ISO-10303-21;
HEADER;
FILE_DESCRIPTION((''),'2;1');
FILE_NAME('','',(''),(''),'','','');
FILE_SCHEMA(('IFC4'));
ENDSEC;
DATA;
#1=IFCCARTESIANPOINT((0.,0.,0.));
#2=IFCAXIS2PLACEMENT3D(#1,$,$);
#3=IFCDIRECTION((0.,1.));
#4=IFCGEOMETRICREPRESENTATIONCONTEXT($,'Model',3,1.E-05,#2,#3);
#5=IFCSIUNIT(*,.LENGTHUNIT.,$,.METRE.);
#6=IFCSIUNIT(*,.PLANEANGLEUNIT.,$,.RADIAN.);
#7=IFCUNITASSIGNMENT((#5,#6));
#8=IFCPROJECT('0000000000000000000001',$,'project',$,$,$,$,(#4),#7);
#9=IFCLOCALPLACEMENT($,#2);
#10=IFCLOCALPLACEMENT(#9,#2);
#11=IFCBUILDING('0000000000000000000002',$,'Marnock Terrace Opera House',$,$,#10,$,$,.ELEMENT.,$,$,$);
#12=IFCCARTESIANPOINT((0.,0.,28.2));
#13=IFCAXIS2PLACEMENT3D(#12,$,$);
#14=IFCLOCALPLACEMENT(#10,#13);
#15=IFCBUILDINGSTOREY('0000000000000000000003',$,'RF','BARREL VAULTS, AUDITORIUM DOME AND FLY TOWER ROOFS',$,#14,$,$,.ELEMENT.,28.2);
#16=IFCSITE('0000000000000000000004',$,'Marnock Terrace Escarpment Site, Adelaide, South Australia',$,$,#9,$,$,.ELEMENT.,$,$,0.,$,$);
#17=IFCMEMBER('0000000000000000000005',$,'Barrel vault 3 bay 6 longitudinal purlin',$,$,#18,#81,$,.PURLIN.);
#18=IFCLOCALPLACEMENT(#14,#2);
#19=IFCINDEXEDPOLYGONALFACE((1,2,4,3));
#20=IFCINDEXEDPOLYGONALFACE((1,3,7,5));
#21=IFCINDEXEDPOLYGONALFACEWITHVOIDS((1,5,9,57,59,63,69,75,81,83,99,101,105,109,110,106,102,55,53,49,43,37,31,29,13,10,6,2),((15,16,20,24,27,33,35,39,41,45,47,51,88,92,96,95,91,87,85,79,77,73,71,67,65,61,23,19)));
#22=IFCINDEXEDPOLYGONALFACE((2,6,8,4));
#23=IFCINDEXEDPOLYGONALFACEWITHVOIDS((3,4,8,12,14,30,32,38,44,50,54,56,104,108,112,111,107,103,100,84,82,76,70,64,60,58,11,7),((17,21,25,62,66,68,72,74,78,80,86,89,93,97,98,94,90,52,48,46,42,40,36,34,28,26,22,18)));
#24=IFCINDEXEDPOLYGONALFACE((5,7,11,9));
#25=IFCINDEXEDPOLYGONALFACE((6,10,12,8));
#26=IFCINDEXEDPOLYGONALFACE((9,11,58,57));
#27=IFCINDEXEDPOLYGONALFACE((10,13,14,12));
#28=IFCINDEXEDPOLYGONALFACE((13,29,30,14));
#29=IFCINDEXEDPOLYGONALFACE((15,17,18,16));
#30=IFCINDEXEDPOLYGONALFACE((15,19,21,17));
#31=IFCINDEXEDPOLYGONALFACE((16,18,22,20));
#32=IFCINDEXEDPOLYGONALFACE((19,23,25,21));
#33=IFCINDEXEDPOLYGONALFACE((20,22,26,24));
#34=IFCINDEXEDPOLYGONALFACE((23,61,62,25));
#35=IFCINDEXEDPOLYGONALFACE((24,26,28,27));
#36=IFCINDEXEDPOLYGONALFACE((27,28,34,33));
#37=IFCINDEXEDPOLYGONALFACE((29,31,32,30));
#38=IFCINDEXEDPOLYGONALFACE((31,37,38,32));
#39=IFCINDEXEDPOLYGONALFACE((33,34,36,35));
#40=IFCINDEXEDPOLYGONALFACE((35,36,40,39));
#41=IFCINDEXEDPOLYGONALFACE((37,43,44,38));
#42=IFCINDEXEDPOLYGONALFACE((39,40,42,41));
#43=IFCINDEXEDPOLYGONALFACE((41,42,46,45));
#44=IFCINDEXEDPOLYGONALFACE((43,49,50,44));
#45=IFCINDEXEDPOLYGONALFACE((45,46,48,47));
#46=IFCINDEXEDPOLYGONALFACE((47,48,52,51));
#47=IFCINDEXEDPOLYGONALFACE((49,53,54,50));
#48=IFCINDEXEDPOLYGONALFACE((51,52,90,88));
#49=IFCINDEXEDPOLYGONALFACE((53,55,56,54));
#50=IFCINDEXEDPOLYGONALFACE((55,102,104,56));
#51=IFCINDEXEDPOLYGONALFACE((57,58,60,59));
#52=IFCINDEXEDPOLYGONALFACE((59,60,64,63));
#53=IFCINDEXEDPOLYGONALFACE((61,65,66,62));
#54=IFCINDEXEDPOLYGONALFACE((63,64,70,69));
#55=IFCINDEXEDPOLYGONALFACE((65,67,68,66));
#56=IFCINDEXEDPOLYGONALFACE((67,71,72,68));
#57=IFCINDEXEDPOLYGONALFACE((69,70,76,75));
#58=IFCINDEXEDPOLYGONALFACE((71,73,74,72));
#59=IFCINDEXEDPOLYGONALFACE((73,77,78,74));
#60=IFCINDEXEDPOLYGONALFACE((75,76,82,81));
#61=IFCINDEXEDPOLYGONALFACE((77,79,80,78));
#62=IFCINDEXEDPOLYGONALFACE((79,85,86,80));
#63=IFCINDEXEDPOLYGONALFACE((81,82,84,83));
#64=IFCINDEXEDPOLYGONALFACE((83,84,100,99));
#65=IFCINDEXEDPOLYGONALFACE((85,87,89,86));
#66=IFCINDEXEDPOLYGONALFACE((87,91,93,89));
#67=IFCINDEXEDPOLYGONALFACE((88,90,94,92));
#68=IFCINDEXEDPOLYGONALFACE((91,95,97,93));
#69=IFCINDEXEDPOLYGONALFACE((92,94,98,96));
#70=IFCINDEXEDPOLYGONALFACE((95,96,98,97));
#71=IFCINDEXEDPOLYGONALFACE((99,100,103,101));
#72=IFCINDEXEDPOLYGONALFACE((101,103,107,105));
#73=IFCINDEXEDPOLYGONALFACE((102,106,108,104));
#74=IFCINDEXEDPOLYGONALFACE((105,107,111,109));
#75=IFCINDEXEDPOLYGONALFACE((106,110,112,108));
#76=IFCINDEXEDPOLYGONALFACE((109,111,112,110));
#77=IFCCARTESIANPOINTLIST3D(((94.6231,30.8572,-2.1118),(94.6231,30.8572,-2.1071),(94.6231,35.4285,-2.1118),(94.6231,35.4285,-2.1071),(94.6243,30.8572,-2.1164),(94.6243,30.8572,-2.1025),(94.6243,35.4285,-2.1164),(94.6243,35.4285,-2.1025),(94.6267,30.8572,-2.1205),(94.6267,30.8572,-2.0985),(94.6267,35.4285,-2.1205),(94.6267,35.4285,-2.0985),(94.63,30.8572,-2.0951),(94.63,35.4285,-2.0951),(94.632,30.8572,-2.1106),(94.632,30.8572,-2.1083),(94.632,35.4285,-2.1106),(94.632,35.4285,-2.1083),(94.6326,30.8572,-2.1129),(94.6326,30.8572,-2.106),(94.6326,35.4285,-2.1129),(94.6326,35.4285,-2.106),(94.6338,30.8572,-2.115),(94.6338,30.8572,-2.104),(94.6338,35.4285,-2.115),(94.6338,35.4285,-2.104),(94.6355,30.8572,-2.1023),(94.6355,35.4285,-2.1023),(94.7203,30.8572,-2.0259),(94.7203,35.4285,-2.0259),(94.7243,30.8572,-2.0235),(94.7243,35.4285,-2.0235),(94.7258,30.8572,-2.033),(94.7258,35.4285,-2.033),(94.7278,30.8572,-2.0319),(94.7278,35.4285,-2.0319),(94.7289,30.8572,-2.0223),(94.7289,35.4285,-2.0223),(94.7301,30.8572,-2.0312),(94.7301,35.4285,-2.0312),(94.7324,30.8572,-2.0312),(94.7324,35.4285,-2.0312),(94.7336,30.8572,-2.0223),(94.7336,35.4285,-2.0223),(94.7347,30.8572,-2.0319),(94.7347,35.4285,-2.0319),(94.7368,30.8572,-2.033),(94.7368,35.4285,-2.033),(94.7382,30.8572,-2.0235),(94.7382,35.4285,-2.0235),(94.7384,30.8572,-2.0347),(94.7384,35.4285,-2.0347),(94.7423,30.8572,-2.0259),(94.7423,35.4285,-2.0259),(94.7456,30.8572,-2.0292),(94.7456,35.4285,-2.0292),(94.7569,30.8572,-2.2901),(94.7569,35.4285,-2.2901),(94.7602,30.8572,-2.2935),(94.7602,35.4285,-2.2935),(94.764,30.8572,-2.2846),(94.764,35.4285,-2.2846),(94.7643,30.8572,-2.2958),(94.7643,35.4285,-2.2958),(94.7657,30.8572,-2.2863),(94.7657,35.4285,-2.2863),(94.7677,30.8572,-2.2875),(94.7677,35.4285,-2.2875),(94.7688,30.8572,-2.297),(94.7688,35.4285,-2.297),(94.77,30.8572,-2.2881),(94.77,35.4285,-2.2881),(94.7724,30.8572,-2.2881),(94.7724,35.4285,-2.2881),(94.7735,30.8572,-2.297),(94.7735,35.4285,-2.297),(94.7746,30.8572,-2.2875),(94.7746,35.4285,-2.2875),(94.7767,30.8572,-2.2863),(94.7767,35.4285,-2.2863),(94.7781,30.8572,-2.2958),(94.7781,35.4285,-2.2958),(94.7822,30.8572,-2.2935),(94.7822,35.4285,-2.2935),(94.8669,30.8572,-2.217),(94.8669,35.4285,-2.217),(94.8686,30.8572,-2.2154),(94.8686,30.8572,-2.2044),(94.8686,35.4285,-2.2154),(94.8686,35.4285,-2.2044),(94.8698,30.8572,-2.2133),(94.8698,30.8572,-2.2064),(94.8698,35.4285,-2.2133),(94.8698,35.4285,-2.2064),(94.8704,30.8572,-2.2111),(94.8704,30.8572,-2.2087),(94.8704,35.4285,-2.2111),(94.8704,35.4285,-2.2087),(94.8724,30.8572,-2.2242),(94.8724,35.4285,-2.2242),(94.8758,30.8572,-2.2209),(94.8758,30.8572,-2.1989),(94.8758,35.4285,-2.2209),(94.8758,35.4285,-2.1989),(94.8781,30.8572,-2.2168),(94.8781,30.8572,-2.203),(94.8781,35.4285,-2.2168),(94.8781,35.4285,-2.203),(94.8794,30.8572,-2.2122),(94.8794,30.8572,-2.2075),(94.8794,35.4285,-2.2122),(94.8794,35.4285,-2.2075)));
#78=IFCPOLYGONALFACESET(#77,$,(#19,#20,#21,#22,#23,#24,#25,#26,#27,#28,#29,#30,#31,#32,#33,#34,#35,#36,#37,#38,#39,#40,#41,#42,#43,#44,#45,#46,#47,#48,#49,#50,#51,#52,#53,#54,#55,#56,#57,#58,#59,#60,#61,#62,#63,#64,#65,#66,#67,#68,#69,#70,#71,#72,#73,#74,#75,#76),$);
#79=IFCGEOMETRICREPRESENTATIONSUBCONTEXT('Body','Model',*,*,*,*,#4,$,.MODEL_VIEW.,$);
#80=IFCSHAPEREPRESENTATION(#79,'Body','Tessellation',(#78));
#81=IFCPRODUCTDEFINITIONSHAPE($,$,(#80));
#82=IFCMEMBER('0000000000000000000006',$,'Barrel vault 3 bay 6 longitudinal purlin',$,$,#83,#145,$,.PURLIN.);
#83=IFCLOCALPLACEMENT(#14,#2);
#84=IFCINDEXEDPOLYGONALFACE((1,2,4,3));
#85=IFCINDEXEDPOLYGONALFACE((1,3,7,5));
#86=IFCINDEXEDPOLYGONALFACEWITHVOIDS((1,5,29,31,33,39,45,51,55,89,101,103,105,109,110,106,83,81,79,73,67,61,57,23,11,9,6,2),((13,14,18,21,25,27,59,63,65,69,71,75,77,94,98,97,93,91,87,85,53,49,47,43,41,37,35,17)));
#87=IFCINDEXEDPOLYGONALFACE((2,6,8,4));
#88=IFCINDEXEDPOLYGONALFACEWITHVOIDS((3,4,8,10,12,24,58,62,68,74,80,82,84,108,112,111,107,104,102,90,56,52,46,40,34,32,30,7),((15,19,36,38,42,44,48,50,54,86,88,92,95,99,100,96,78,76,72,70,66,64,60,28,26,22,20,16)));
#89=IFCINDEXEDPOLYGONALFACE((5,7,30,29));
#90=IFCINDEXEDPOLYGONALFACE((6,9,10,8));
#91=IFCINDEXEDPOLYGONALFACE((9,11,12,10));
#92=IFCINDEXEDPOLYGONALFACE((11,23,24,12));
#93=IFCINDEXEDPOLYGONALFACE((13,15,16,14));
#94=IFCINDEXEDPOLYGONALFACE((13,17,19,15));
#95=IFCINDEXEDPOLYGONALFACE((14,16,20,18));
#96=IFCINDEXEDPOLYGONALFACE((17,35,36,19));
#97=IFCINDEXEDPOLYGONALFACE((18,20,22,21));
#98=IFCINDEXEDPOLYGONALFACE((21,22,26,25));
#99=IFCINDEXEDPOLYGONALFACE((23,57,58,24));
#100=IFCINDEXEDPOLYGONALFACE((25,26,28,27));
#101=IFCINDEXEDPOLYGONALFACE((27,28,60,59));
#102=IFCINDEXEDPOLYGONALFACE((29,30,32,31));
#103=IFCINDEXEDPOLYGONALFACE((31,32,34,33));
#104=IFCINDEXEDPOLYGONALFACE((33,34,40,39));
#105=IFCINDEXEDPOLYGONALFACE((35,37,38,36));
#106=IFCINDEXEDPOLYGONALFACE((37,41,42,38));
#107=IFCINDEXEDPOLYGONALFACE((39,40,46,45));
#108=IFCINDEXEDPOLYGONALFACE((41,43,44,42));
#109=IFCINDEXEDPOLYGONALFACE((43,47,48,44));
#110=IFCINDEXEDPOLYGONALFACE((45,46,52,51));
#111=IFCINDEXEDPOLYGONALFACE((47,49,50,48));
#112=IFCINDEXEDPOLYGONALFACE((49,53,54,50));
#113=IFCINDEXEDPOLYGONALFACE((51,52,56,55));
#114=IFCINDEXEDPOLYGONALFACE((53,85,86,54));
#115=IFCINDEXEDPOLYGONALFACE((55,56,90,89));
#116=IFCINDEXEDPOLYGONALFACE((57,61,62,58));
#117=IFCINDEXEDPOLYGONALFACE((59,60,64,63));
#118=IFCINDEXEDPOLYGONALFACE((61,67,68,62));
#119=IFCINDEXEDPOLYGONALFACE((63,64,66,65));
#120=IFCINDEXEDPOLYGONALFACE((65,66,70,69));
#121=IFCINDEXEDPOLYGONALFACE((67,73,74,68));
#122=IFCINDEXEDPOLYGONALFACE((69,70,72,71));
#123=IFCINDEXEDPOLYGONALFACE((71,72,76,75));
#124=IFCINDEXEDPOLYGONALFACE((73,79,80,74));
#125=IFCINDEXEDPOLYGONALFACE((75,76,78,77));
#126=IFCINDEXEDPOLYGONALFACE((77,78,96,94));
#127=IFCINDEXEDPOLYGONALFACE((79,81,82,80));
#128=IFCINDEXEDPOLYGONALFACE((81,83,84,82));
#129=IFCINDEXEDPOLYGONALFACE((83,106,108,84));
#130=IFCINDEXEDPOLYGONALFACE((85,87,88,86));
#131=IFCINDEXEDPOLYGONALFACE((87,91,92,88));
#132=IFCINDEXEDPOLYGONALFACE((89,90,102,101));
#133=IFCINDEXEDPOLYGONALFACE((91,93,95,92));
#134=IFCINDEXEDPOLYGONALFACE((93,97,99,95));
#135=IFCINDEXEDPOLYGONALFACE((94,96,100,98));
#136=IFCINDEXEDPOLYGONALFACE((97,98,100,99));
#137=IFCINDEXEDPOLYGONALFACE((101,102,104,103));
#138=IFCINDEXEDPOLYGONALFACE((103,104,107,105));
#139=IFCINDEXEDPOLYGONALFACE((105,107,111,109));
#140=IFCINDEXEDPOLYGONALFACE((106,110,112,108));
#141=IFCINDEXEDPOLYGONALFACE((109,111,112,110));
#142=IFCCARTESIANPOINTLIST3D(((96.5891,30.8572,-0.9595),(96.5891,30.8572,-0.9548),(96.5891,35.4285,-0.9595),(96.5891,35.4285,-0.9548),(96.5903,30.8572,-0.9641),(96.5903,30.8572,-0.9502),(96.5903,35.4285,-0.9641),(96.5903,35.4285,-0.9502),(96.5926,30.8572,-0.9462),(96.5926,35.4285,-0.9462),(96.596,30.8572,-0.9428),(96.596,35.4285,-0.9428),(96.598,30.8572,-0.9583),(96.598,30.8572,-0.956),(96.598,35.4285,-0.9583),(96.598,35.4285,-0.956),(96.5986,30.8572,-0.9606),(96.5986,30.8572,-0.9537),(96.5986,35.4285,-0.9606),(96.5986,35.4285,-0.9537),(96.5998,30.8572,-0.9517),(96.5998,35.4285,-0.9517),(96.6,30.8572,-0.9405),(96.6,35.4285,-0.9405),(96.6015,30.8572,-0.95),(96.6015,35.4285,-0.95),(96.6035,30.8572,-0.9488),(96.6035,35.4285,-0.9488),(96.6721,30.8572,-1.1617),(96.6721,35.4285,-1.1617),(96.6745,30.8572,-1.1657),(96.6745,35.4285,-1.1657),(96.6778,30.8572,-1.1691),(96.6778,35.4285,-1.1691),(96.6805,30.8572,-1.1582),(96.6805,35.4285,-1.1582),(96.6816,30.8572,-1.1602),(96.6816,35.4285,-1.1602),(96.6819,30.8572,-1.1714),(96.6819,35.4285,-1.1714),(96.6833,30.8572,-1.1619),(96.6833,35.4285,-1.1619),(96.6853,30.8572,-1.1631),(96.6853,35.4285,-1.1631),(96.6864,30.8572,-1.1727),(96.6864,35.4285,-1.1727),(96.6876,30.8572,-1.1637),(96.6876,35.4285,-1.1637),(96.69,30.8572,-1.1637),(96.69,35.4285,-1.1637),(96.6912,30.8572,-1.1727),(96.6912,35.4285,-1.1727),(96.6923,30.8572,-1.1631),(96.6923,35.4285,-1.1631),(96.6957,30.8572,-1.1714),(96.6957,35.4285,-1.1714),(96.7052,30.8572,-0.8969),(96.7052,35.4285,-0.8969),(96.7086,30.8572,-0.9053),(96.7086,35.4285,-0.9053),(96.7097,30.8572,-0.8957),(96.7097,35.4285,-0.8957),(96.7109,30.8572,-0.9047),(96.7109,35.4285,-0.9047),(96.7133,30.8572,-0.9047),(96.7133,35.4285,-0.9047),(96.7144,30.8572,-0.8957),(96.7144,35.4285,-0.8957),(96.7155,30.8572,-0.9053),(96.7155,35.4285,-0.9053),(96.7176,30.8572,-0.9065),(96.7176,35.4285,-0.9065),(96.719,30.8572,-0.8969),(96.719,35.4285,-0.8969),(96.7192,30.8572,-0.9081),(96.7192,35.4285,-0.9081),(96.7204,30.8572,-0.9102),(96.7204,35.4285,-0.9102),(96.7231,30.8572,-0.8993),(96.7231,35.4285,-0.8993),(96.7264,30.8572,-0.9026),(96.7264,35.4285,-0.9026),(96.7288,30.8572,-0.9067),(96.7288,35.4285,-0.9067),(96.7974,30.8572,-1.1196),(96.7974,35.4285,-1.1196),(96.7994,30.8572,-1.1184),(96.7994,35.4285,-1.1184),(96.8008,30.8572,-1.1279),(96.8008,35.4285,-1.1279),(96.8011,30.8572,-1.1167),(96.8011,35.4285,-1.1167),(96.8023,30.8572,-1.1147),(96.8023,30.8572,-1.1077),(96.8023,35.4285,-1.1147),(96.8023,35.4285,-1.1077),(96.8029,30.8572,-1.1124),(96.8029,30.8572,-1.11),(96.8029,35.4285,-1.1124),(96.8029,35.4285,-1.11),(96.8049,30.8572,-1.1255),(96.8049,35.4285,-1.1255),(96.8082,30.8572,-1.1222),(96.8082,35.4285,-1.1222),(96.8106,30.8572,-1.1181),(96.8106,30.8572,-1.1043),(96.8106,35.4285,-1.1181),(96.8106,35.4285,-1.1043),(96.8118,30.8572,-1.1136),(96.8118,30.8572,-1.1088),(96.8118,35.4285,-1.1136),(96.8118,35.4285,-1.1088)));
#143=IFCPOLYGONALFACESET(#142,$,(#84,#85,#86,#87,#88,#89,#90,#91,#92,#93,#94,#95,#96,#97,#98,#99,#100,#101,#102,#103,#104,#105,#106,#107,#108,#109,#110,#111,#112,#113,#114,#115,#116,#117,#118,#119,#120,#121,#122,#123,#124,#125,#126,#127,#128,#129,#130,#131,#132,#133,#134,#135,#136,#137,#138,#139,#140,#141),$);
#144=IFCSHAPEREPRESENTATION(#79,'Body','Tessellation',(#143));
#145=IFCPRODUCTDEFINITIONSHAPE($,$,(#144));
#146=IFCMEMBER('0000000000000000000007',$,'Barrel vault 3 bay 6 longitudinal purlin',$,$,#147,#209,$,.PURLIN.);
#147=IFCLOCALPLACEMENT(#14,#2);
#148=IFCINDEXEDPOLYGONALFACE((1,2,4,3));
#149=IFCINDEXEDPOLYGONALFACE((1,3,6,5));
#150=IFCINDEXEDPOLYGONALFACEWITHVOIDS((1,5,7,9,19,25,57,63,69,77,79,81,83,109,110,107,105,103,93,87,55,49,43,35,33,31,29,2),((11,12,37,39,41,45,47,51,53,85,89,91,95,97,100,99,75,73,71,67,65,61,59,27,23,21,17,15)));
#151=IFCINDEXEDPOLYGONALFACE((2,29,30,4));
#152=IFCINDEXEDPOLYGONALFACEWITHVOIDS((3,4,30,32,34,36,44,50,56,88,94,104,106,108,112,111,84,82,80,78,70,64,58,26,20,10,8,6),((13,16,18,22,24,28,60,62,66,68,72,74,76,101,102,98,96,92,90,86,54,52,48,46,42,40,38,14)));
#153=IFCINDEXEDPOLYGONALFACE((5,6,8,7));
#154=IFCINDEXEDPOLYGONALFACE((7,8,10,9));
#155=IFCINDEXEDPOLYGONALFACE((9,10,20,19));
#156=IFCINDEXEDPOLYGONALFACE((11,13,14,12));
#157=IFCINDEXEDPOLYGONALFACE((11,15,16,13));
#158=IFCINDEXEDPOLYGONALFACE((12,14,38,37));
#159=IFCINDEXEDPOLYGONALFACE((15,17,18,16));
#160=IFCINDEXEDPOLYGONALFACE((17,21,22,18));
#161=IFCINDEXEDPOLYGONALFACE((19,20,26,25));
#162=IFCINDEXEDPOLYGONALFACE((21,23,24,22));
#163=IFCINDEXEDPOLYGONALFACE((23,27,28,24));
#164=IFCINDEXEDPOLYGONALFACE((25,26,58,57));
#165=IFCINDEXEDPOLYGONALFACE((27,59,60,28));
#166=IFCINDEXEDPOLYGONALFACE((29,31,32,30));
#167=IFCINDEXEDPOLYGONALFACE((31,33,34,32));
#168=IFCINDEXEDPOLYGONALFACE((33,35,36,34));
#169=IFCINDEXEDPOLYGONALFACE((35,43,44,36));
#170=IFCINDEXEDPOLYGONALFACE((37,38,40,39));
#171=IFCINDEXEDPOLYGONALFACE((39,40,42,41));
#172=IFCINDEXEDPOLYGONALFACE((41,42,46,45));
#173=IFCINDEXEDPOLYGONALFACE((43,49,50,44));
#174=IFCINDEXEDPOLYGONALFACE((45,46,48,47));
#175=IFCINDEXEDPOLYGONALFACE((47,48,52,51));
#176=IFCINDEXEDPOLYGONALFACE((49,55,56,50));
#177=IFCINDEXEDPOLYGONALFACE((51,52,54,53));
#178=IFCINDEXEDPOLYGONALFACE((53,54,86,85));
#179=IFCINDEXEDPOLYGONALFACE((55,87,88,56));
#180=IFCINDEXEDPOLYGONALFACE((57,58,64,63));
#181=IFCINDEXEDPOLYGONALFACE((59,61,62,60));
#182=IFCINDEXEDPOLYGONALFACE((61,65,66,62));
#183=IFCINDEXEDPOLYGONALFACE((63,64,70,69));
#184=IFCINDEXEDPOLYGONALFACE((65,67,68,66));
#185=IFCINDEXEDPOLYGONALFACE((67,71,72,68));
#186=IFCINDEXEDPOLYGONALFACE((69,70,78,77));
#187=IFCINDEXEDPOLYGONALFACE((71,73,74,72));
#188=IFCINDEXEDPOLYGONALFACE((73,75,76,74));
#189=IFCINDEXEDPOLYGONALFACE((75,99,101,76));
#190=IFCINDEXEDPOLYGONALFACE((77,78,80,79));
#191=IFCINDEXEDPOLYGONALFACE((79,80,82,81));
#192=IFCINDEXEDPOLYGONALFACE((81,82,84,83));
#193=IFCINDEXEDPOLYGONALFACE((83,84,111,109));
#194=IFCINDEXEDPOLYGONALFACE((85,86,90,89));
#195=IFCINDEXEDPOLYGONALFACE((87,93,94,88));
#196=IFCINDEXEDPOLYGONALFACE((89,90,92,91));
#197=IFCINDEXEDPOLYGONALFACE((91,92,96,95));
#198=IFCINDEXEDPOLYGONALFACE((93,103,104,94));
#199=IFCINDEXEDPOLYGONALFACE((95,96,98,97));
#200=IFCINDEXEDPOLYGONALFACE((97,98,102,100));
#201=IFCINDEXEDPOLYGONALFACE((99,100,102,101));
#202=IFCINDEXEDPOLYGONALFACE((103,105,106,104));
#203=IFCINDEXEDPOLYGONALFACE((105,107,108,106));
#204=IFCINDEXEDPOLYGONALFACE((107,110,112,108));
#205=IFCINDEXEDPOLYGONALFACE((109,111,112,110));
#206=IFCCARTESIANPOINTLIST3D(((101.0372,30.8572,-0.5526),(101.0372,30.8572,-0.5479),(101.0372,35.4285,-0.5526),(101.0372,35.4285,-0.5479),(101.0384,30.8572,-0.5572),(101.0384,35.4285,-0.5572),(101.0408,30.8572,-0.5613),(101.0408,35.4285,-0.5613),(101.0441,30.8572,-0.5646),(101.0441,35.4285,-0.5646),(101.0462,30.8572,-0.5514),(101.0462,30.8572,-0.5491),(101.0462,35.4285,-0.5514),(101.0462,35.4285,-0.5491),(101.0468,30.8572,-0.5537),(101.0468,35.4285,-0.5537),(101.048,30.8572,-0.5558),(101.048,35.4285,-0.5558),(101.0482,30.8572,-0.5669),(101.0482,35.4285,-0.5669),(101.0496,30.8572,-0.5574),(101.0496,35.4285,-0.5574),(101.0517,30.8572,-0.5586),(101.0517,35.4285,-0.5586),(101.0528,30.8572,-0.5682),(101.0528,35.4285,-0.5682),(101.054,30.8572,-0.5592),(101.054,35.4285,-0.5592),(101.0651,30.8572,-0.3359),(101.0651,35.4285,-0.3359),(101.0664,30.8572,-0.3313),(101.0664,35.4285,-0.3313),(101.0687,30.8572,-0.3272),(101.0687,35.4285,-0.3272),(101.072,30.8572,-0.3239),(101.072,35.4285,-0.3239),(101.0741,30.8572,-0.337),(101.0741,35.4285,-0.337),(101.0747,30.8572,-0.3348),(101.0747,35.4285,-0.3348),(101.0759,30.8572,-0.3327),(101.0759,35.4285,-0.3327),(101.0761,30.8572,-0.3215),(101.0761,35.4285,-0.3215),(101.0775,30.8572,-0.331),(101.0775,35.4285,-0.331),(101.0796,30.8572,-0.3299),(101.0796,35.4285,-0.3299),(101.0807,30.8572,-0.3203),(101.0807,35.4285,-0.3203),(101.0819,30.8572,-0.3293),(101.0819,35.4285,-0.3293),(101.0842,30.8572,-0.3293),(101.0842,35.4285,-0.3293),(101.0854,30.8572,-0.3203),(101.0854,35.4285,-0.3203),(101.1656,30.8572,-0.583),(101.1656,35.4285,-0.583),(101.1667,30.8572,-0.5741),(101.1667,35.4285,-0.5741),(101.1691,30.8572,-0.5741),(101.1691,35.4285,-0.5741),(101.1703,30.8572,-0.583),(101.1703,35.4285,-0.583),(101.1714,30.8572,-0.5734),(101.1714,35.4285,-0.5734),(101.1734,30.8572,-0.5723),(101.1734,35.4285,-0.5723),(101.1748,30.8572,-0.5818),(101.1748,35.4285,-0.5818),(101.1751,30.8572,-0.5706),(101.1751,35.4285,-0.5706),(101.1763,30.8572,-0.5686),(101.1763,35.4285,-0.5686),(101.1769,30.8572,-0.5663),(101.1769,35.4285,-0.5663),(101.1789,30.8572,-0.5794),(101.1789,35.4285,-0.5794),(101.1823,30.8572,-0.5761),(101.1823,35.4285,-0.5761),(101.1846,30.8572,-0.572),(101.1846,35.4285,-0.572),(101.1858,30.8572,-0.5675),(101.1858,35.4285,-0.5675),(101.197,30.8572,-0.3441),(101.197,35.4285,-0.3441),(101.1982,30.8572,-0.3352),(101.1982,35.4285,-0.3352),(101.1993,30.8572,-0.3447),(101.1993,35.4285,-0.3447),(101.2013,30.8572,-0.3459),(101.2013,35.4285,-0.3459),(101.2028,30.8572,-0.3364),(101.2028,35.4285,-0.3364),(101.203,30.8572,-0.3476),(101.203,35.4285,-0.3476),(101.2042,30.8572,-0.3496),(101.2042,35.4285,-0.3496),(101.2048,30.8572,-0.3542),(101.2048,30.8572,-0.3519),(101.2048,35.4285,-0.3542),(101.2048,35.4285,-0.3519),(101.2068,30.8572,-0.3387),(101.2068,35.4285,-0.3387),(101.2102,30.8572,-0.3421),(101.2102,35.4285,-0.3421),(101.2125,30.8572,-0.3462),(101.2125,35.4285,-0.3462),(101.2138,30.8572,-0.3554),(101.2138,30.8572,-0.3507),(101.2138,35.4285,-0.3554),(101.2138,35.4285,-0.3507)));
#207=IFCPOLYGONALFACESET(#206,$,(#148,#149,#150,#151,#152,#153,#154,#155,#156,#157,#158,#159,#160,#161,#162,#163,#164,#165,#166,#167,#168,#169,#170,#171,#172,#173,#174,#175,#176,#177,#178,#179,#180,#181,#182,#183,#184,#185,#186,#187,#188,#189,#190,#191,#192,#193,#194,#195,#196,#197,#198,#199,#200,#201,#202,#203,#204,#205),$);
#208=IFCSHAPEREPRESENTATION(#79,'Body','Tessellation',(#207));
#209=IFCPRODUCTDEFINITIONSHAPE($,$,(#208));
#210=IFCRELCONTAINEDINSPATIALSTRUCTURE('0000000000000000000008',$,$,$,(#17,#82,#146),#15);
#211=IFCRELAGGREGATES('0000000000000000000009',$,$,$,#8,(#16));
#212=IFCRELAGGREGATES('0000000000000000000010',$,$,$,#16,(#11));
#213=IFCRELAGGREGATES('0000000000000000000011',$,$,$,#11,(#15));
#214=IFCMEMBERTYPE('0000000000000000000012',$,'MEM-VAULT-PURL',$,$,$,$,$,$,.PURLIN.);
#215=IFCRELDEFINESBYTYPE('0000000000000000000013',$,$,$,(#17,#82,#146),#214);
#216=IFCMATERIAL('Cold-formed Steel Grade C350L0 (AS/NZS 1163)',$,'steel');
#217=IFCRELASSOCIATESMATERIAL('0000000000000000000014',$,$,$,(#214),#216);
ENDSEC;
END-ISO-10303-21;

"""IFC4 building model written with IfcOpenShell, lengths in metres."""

from ifc_helpers import new_model, si_unit, direction, frame, origin, origin_2d, place, context, subcontext, project, spatial, hollow_rectangle, extrude, material, material_profile, profile_set, type_object, element, save


model = new_model("IFC4")

# Units and contexts
model_context = context("Model", 3, precision=1e-05, world=origin(), true_north=direction((0.0, 1.0)))
body_context = subcontext(model_context, "Body", "Model", "MODEL_VIEW")
ifc_project = project(units=[si_unit("LENGTHUNIT", "METRE"), si_unit("PLANEANGLEUNIT", "RADIAN")], contexts=[model_context])

# Site, building, storey
site_placement = place(None, origin())
site = spatial("IfcSite", under=ifc_project, at=site_placement, Name="Marnock Terrace Escarpment Site, Adelaide, South Australia", CompositionType="ELEMENT", RefElevation=0.0)
building_placement = place(site_placement, origin())
building = spatial("IfcBuilding", under=site, at=building_placement, Name="Marnock Terrace Opera House", CompositionType="ELEMENT")
storey_placement = place(building_placement, frame((0.0, 0.0, 28.2)))
storey = spatial("IfcBuildingStorey", under=building, at=storey_placement, Name="RF", Description="BARREL VAULTS, AUDITORIUM DOME AND FLY TOWER ROOFS", CompositionType="ELEMENT", Elevation=28.2)

# Members
ifc_material = material(Name="Cold-formed Steel Grade C350L0 (AS/NZS 1163)", Category="steel")
ifc_material_profile_1 = material_profile(ifc_material, hollow_rectangle(XDim=0.1499, YDim=0.25, WallThickness=0.009, InnerFilletRadius=0.009, OuterFilletRadius=0.0181, at=origin_2d()))
ifc_profile_set_1 = profile_set([ifc_material_profile_1], Name="Cold-formed Steel Grade C350L0 (AS/NZS 1163)")
member_type_1 = type_object("IfcMemberType", Name="MEM-VAULT-PURL", PredefinedType="PURLIN", material=ifc_profile_set_1)
for number, where, z_axis, x_axis, name in (
    (1, (94.7512, 30.8572, -2.1597), (0.0, 1.0, 0.0), (-0.793353, 0.0, -0.608761), "Barrel vault 3 bay 6 longitudinal purlin"),
    (2, (96.7004, 30.8572, -1.0342), (0.0, 1.0, 0.0), (-0.92388, 0.0, -0.382683), "Barrel vault 3 bay 6 longitudinal purlin"),
    (3, (101.1255, 30.8572, -0.4517), (0.0, 1.0, 0.0), (-0.991445, 0.0, 0.130526), "Barrel vault 3 bay 6 longitudinal purlin"),
):
    element("IfcMember", number, at=place(storey_placement, frame(where, z_axis=z_axis, x_axis=x_axis)), inside=storey, type_object=member_type_1, Name=name, PredefinedType="PURLIN", context=body_context, shape_type="SweptSolid", body=[
        extrude(hollow_rectangle(XDim=0.1499, YDim=0.25, WallThickness=0.009, InnerFilletRadius=0.009, OuterFilletRadius=0.0181, at=origin_2d()), origin(), (0.0, 0.0, 1.0), 4.5713),
    ])

save(model, "model.ifc")
